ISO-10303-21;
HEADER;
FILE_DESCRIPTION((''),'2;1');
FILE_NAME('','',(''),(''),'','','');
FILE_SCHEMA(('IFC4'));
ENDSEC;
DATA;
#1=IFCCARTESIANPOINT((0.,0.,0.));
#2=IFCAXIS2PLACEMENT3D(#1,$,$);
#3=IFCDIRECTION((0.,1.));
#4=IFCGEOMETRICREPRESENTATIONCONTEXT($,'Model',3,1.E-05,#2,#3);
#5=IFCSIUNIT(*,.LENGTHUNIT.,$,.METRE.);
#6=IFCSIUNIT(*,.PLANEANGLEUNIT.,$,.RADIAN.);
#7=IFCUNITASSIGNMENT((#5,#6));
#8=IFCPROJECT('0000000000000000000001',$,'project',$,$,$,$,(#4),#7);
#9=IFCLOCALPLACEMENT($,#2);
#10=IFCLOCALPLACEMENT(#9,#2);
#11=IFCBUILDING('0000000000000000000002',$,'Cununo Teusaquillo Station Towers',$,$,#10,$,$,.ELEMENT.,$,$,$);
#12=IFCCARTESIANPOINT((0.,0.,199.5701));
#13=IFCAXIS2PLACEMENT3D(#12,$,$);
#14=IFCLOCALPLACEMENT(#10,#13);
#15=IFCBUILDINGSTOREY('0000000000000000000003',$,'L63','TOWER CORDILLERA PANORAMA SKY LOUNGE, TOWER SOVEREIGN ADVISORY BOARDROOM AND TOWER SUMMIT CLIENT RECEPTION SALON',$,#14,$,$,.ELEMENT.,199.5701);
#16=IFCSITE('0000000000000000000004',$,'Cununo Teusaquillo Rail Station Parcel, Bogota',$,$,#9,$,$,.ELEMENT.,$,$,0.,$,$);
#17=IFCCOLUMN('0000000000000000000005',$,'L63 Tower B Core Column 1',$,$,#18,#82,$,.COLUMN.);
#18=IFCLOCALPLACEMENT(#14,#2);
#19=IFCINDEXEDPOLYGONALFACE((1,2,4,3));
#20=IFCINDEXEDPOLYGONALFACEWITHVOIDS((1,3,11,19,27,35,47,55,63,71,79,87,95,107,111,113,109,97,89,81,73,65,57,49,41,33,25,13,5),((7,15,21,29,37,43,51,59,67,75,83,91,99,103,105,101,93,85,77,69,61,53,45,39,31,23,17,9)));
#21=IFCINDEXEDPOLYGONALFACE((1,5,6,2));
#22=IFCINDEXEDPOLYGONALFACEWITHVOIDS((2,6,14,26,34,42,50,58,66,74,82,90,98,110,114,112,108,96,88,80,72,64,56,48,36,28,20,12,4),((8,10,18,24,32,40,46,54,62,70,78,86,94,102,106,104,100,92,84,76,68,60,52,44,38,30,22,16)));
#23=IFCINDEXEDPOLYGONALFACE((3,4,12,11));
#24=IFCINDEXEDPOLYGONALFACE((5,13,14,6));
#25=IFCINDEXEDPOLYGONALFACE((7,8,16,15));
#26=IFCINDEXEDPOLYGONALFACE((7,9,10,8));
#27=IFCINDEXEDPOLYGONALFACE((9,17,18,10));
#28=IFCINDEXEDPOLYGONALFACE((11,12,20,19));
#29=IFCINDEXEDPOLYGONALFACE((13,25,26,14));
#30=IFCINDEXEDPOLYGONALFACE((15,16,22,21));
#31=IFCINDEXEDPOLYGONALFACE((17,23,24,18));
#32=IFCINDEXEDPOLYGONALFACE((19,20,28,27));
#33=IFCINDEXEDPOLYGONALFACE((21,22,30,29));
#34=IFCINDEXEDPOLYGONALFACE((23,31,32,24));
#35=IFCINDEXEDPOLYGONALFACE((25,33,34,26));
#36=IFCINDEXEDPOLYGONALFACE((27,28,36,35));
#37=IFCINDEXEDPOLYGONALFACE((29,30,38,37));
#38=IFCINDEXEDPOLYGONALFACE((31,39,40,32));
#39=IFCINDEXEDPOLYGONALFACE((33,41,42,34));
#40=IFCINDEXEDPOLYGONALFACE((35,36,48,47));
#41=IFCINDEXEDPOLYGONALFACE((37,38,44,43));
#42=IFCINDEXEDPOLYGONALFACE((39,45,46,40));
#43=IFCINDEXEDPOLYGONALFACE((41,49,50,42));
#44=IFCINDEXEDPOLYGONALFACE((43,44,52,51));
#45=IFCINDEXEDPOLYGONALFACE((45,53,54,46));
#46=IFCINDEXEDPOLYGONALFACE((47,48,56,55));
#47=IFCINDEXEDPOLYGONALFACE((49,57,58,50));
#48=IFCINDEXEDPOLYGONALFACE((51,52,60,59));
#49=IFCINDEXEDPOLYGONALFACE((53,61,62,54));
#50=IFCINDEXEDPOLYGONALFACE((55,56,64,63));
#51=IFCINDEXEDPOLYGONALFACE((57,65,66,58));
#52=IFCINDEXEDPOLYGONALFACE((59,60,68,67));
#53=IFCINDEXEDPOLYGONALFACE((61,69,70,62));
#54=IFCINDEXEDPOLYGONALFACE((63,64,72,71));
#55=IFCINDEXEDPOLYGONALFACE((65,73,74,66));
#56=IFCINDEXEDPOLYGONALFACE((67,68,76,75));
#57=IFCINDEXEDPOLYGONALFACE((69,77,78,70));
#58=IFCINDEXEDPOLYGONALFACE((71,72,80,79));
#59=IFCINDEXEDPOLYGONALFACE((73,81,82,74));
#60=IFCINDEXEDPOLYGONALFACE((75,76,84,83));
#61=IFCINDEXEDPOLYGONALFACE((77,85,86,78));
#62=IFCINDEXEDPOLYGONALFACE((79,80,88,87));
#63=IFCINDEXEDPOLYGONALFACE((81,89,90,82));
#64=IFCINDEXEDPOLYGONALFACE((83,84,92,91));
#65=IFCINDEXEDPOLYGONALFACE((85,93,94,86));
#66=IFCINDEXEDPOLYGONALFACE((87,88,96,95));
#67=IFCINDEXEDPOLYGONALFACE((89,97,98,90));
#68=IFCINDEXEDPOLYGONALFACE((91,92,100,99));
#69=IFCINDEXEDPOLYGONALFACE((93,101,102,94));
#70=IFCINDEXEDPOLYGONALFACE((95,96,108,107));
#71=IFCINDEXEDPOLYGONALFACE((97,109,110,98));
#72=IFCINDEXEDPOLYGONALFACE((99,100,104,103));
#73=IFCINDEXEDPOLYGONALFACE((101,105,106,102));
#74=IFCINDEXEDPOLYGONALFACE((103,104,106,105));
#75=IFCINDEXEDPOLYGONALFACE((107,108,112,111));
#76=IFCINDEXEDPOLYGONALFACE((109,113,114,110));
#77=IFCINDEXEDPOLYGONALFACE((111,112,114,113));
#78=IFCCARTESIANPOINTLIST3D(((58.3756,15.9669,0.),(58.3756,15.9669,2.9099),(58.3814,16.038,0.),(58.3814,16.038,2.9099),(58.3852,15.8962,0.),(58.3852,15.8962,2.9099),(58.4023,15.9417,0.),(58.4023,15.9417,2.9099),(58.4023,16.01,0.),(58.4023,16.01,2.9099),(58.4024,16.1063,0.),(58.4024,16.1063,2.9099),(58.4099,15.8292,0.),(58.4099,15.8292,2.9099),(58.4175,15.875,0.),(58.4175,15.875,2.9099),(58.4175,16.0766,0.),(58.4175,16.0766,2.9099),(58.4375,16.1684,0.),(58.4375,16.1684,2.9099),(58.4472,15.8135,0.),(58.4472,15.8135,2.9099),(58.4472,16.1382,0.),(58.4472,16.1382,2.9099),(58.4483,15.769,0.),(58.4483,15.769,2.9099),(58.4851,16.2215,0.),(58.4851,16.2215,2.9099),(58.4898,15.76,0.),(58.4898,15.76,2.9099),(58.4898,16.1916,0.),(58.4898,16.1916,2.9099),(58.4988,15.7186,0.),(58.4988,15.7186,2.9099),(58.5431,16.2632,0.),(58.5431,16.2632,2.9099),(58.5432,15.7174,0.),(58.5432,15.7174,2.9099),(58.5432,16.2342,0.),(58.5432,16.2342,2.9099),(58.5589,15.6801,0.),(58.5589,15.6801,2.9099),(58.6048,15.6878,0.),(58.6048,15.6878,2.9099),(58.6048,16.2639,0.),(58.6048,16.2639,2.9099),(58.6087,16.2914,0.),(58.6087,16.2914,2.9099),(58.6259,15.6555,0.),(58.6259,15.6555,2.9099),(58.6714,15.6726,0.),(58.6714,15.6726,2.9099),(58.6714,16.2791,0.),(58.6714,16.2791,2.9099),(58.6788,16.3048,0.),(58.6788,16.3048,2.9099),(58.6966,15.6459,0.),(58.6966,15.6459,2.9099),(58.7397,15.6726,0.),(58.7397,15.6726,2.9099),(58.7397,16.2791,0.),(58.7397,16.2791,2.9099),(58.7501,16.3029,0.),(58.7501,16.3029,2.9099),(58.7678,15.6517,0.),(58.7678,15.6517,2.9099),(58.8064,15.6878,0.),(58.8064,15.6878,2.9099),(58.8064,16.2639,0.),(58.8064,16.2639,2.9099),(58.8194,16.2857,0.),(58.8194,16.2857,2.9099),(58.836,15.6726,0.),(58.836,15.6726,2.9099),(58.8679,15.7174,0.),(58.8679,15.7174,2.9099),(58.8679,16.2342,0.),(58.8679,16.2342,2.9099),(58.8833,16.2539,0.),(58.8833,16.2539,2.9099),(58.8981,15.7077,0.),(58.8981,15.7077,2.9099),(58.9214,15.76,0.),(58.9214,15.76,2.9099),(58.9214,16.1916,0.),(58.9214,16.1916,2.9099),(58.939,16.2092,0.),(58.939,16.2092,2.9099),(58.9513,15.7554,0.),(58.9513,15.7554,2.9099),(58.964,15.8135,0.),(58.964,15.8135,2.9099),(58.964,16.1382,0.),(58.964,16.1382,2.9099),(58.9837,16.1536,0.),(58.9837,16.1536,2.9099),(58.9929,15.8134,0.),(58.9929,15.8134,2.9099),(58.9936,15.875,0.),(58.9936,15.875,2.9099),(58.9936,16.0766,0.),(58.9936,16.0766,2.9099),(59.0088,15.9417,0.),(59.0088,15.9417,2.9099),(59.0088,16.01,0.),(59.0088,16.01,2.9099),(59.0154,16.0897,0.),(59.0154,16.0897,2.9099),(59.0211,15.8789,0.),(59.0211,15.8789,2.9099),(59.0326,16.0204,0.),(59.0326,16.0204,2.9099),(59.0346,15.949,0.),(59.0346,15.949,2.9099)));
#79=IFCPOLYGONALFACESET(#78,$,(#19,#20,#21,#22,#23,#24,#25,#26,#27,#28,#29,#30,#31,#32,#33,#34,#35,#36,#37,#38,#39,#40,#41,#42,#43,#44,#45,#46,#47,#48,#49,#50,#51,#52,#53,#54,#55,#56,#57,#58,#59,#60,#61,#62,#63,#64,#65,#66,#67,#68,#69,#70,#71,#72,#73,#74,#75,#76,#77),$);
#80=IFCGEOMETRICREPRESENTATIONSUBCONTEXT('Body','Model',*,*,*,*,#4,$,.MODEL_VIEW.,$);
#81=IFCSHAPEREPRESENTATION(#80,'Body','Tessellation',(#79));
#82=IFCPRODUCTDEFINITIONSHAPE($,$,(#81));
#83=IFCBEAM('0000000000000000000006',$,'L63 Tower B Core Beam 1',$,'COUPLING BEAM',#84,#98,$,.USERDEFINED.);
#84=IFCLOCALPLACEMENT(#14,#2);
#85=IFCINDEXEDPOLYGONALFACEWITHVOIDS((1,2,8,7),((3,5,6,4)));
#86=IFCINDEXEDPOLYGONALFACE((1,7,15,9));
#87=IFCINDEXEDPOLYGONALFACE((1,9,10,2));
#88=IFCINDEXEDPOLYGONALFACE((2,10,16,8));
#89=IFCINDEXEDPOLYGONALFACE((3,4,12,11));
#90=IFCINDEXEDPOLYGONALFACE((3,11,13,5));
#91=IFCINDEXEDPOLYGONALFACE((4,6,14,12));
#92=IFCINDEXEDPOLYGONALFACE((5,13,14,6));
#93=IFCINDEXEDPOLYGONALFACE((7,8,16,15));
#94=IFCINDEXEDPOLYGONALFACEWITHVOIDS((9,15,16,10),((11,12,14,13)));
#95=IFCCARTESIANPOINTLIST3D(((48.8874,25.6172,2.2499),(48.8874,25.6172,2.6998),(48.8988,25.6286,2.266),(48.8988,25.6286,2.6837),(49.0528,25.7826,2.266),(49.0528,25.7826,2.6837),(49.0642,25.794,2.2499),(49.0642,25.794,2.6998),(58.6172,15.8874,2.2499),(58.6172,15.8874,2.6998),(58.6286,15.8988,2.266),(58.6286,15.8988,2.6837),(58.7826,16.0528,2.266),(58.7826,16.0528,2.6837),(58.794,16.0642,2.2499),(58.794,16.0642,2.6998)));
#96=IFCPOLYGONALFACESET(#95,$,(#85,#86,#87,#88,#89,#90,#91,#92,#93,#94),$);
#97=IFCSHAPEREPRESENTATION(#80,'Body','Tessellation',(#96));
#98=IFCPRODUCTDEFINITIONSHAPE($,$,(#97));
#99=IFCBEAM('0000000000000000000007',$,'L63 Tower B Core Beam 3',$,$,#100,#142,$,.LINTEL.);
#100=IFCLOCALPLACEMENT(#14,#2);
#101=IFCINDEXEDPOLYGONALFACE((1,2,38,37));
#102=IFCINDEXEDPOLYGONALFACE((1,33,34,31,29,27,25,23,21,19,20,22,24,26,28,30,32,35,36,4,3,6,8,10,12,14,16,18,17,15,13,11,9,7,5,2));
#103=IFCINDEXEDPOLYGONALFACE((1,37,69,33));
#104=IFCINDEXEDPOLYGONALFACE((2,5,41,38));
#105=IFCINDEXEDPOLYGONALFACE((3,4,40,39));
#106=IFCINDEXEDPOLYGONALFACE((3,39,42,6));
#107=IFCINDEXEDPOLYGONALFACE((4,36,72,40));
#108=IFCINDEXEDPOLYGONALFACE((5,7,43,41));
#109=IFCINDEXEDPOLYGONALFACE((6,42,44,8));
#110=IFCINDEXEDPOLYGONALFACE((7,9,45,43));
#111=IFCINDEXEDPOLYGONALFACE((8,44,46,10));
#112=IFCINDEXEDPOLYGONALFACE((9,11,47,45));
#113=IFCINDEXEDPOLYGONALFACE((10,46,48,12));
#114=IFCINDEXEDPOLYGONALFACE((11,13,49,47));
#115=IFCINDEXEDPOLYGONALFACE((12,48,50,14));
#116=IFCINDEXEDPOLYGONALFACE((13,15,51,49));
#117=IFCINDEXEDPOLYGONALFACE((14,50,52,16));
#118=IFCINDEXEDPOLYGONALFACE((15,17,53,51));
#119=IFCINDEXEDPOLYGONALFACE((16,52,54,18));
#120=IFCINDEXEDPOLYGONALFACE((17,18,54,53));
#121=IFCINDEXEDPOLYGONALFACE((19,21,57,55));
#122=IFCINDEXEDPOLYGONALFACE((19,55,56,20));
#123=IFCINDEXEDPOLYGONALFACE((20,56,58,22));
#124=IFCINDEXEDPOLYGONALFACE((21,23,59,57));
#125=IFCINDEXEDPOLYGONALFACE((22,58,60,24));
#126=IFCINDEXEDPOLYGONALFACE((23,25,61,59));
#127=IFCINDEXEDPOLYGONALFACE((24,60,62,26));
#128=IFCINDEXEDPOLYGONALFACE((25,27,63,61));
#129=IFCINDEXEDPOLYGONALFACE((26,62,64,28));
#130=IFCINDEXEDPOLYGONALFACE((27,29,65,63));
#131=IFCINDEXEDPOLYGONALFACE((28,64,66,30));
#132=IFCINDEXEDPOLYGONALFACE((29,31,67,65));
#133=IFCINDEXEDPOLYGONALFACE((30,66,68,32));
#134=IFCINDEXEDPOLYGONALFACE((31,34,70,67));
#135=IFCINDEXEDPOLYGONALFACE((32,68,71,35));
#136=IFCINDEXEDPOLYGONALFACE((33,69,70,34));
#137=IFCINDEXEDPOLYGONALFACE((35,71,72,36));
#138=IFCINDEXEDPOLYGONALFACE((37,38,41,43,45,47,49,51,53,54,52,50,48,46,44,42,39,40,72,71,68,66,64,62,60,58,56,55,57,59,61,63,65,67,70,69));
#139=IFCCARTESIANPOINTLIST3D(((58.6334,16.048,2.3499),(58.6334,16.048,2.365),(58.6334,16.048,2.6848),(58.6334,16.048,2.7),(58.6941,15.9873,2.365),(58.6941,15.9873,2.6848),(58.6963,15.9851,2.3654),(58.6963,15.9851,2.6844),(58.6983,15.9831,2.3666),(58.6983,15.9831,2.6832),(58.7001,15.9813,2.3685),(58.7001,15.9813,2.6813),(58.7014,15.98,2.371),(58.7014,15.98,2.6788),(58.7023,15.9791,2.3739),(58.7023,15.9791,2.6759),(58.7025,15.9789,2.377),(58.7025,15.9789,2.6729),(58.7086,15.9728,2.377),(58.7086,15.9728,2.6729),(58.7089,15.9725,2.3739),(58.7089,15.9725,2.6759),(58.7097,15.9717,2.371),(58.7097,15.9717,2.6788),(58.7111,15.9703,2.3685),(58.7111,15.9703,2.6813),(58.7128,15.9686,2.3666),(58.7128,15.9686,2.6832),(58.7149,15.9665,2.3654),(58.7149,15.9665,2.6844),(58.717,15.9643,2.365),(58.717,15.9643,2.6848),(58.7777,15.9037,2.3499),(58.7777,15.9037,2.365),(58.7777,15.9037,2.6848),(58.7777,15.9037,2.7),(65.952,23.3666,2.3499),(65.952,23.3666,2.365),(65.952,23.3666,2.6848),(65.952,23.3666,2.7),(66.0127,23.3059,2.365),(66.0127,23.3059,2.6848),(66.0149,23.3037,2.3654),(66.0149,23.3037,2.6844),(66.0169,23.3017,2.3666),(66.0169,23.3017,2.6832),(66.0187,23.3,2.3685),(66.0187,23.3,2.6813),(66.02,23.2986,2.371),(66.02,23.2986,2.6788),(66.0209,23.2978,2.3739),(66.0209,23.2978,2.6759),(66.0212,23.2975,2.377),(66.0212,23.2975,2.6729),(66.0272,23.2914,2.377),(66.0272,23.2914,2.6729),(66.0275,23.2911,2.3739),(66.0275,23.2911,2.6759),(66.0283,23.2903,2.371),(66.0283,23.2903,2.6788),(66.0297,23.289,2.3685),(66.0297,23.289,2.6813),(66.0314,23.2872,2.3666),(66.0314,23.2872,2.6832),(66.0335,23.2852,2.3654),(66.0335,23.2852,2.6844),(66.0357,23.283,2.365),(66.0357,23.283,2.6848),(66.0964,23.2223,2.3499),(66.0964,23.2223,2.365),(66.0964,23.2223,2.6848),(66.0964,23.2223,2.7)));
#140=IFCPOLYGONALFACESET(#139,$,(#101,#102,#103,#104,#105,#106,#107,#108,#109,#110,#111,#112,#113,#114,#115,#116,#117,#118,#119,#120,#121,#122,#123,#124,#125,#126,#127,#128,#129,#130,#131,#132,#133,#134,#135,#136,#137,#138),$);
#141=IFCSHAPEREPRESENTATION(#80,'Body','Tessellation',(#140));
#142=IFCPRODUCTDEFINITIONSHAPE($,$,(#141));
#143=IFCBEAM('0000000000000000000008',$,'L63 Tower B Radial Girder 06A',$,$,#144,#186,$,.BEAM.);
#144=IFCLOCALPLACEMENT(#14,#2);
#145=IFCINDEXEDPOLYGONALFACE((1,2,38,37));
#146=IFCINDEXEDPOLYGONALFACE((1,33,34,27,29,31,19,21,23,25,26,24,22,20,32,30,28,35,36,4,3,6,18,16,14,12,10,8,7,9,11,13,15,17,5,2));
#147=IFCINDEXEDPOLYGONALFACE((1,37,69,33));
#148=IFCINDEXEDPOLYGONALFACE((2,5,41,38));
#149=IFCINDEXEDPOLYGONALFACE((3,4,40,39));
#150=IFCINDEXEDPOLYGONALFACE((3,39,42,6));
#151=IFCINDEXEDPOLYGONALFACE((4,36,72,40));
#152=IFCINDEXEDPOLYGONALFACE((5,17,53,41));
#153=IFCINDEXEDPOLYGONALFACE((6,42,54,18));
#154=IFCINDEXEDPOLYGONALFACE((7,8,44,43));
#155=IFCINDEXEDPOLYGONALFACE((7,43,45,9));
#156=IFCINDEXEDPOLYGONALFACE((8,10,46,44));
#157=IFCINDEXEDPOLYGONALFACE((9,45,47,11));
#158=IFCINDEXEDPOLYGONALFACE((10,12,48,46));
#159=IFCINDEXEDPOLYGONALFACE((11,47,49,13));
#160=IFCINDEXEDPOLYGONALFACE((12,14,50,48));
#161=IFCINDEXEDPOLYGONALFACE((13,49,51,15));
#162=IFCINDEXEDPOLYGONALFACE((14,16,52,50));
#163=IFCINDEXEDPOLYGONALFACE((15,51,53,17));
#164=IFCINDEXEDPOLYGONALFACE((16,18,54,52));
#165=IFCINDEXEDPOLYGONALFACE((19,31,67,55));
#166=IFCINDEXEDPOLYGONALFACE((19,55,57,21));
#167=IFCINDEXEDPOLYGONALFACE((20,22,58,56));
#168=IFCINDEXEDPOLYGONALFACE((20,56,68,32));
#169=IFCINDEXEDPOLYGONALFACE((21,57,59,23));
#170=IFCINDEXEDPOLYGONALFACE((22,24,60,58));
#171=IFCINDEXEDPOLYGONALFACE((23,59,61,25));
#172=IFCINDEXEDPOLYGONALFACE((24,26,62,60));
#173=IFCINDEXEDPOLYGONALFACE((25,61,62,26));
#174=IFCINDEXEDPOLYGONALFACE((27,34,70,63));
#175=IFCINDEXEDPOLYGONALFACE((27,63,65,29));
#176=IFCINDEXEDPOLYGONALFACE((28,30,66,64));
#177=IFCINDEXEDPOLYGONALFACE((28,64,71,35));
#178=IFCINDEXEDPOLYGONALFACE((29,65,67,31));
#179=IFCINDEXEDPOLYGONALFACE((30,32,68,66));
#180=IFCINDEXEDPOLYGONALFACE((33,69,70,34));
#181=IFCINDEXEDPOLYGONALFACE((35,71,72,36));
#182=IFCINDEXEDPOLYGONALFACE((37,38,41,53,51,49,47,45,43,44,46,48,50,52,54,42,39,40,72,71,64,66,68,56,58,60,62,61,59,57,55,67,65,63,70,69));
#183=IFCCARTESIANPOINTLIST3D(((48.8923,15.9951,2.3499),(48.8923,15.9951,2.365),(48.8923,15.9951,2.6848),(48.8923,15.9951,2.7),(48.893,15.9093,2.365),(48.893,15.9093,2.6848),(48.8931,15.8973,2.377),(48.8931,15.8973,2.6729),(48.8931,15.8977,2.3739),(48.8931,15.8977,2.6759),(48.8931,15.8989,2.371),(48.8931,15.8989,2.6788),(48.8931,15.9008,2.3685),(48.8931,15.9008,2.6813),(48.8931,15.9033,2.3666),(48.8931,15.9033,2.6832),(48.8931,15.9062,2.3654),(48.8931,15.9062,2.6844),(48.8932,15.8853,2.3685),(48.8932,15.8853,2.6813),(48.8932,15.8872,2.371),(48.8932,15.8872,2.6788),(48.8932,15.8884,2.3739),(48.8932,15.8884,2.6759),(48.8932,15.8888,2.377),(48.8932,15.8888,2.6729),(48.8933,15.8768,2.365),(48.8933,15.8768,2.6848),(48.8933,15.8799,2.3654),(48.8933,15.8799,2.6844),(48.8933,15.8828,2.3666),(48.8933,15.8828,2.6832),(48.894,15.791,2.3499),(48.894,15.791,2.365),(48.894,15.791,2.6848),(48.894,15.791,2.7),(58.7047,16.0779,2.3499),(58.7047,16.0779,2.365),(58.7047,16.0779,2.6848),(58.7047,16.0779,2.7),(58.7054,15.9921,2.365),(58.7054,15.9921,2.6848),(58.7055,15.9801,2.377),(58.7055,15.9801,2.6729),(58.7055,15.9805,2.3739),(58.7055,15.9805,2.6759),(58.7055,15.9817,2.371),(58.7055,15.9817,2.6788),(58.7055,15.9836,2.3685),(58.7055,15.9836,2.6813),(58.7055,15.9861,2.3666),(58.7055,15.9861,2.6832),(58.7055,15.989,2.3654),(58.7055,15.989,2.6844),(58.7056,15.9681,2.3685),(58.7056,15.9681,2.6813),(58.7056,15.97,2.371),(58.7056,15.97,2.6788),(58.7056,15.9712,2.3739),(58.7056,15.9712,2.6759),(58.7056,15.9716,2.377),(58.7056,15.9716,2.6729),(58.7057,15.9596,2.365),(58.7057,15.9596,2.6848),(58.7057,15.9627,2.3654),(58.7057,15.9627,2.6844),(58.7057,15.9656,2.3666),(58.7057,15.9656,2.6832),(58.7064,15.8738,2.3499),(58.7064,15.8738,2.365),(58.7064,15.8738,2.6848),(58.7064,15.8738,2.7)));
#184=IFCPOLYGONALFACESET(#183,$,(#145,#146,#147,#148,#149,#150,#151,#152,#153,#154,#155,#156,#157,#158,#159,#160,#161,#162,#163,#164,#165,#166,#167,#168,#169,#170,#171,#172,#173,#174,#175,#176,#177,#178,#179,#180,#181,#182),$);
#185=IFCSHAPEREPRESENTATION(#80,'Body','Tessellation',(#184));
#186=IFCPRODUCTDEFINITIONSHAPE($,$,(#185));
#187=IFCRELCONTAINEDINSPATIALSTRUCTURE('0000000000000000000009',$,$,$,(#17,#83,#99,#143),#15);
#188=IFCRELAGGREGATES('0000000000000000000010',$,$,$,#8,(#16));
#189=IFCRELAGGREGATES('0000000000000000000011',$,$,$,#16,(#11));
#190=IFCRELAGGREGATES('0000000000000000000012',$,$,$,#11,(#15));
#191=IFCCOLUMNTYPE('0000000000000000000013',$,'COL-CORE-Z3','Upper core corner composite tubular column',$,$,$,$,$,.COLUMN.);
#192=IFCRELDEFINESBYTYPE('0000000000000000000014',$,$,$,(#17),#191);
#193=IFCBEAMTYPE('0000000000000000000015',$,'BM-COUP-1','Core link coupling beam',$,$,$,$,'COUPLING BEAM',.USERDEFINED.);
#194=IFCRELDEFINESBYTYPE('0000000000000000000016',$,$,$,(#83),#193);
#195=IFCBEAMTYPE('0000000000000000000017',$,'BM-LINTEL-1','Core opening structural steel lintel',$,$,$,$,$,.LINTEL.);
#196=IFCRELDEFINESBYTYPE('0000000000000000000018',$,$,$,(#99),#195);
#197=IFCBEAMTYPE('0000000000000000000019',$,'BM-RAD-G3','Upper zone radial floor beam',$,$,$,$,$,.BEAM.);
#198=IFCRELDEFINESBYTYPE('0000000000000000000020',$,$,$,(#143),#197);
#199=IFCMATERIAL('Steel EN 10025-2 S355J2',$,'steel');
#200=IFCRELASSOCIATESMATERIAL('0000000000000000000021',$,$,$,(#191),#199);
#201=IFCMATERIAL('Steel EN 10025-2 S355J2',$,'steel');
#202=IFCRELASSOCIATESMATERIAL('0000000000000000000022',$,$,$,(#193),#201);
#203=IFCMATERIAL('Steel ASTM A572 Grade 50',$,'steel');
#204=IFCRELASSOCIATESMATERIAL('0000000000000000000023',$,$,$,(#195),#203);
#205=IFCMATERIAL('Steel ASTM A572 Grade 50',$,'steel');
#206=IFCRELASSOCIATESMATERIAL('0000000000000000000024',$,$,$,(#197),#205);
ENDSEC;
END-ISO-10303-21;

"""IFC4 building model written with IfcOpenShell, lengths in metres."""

from ifc_helpers import new_model, si_unit, direction, frame, origin, origin_2d, place, context, subcontext, project, spatial, hollow_rectangle, hollow_circle, i_section, extrude, material, material_profile, profile_set, type_object, element, save


model = new_model("IFC4")

# Units and contexts
model_context = context("Model", 3, precision=1e-05, world=origin(), true_north=direction((0.0, 1.0)))
body_context = subcontext(model_context, "Body", "Model", "MODEL_VIEW")
ifc_project = project(units=[si_unit("LENGTHUNIT", "METRE"), si_unit("PLANEANGLEUNIT", "RADIAN")], contexts=[model_context])

# Site, building, storey
site_placement = place(None, origin())
site = spatial("IfcSite", under=ifc_project, at=site_placement, Name="Cununo Teusaquillo Rail Station Parcel, Bogota", CompositionType="ELEMENT", RefElevation=0.0)
building_placement = place(site_placement, origin())
building = spatial("IfcBuilding", under=site, at=building_placement, Name="Cununo Teusaquillo Station Towers", CompositionType="ELEMENT")
storey_placement = place(building_placement, frame((0.0, 0.0, 199.5701)))
storey = spatial("IfcBuildingStorey", under=building, at=storey_placement, Name="L63", Description="TOWER CORDILLERA PANORAMA SKY LOUNGE, TOWER SOVEREIGN ADVISORY BOARDROOM AND TOWER SUMMIT CLIENT RECEPTION SALON", CompositionType="ELEMENT", Elevation=199.5701)

# Column
ifc_material_1 = material(Name="Steel EN 10025-2 S355J2", Category="steel")
ifc_material_profile_1 = material_profile(ifc_material_1, hollow_circle(Radius=0.3301, WallThickness=0.0249, at=origin_2d()), Name="CHS 660x25")
ifc_profile_set_1 = profile_set([ifc_material_profile_1], Name="Steel EN 10025-2 S355J2")
column_type = type_object("IfcColumnType", Name="COL-CORE-Z3", Description="Upper core corner composite tubular column", PredefinedType="COLUMN", material=ifc_profile_set_1)
column_placement = place(storey_placement, frame((58.7056, 15.9758, 0.0), z_axis=(0.0, 0.0, 1.0), x_axis=(0.707107, 0.707107, 0.0)))
element("IfcColumn", 1, at=column_placement, inside=storey, type_object=column_type, Name="L63 Tower B Core Column 1", PredefinedType="COLUMN", context=body_context, shape_type="SweptSolid", body=[
    extrude(hollow_circle(Radius=0.3301, WallThickness=0.0249, at=origin_2d()), origin(), (0.0, 0.0, 1.0), 2.9099),
])

# Beams
ifc_material_2 = material(Name="Steel EN 10025-2 S355J2", Category="steel")
ifc_material_profile_2 = material_profile(ifc_material_2, hollow_rectangle(XDim=0.25, YDim=0.45, WallThickness=0.0161, at=origin_2d()), Name="RHS 450x250x16")
ifc_profile_set_2 = profile_set([ifc_material_profile_2], Name="Steel EN 10025-2 S355J2")
beam_type_1 = type_object("IfcBeamType", Name="BM-COUP-1", Description="Core link coupling beam", ElementType="COUPLING BEAM", PredefinedType="USERDEFINED", material=ifc_profile_set_2)
beam_1_placement = place(storey_placement, frame((58.7056, 15.9758, 2.4749), z_axis=(-0.707107, 0.707107, 0.0), x_axis=(-0.707107, -0.707107, 0.0)))
element("IfcBeam", 2, at=beam_1_placement, inside=storey, type_object=beam_type_1, Name="L63 Tower B Core Beam 1", ObjectType="COUPLING BEAM", PredefinedType="USERDEFINED", context=body_context, shape_type="SweptSolid", body=[
    extrude(hollow_rectangle(XDim=0.25, YDim=0.45, WallThickness=0.0161, at=origin_2d()), origin(), (0.0, 0.0, 1.0), 13.76),
])
ifc_material_3 = material(Name="Steel ASTM A572 Grade 50", Category="steel")
ifc_material_profile_3 = material_profile(ifc_material_3, i_section(OverallWidth=0.2041, OverallDepth=0.3501, WebThickness=0.0085, FlangeThickness=0.0151, FilletRadius=0.012, at=origin_2d()), Name="W14X48")
ifc_profile_set_3 = profile_set([ifc_material_profile_3], Name="Steel ASTM A572 Grade 50")
beam_type_2 = type_object("IfcBeamType", Name="BM-LINTEL-1", Description="Core opening structural steel lintel", PredefinedType="LINTEL", material=ifc_profile_set_3)
beam_2_placement = place(storey_placement, frame((58.7056, 15.9758, 2.5249), z_axis=(0.707107, 0.707107, 0.0), x_axis=(-0.707107, 0.707107, 0.0)))
element("IfcBeam", 3, at=beam_2_placement, inside=storey, type_object=beam_type_2, Name="L63 Tower B Core Beam 3", PredefinedType="LINTEL", context=body_context, shape_type="SweptSolid", body=[
    extrude(i_section(OverallWidth=0.2041, OverallDepth=0.3501, WebThickness=0.0085, FlangeThickness=0.0151, FilletRadius=0.012, at=origin_2d()), origin(), (0.0, 0.0, 1.0), 10.3501),
])
ifc_material_4 = material(Name="Steel ASTM A572 Grade 50", Category="steel")
ifc_material_profile_4 = material_profile(ifc_material_4, i_section(OverallWidth=0.2041, OverallDepth=0.3501, WebThickness=0.0085, FlangeThickness=0.0151, FilletRadius=0.012, at=origin_2d()), Name="W14X48")
ifc_profile_set_4 = profile_set([ifc_material_profile_4], Name="Steel ASTM A572 Grade 50")
beam_type_3 = type_object("IfcBeamType", Name="BM-RAD-G3", Description="Upper zone radial floor beam", PredefinedType="BEAM", material=ifc_profile_set_4)
beam_3_placement = place(storey_placement, frame((58.7056, 15.9758, 2.5249), z_axis=(-0.999964, -0.008434, 0.0), x_axis=(0.008434, -0.999964, 0.0)))
element("IfcBeam", 4, at=beam_3_placement, inside=storey, type_object=beam_type_3, Name="L63 Tower B Radial Girder 06A", PredefinedType="BEAM", context=body_context, shape_type="SweptSolid", body=[
    extrude(i_section(OverallWidth=0.2041, OverallDepth=0.3501, WebThickness=0.0085, FlangeThickness=0.0151, FilletRadius=0.012, at=origin_2d()), origin(), (0.0, 0.0, 1.0), 9.8127),
])

save(model, "model.ifc")
